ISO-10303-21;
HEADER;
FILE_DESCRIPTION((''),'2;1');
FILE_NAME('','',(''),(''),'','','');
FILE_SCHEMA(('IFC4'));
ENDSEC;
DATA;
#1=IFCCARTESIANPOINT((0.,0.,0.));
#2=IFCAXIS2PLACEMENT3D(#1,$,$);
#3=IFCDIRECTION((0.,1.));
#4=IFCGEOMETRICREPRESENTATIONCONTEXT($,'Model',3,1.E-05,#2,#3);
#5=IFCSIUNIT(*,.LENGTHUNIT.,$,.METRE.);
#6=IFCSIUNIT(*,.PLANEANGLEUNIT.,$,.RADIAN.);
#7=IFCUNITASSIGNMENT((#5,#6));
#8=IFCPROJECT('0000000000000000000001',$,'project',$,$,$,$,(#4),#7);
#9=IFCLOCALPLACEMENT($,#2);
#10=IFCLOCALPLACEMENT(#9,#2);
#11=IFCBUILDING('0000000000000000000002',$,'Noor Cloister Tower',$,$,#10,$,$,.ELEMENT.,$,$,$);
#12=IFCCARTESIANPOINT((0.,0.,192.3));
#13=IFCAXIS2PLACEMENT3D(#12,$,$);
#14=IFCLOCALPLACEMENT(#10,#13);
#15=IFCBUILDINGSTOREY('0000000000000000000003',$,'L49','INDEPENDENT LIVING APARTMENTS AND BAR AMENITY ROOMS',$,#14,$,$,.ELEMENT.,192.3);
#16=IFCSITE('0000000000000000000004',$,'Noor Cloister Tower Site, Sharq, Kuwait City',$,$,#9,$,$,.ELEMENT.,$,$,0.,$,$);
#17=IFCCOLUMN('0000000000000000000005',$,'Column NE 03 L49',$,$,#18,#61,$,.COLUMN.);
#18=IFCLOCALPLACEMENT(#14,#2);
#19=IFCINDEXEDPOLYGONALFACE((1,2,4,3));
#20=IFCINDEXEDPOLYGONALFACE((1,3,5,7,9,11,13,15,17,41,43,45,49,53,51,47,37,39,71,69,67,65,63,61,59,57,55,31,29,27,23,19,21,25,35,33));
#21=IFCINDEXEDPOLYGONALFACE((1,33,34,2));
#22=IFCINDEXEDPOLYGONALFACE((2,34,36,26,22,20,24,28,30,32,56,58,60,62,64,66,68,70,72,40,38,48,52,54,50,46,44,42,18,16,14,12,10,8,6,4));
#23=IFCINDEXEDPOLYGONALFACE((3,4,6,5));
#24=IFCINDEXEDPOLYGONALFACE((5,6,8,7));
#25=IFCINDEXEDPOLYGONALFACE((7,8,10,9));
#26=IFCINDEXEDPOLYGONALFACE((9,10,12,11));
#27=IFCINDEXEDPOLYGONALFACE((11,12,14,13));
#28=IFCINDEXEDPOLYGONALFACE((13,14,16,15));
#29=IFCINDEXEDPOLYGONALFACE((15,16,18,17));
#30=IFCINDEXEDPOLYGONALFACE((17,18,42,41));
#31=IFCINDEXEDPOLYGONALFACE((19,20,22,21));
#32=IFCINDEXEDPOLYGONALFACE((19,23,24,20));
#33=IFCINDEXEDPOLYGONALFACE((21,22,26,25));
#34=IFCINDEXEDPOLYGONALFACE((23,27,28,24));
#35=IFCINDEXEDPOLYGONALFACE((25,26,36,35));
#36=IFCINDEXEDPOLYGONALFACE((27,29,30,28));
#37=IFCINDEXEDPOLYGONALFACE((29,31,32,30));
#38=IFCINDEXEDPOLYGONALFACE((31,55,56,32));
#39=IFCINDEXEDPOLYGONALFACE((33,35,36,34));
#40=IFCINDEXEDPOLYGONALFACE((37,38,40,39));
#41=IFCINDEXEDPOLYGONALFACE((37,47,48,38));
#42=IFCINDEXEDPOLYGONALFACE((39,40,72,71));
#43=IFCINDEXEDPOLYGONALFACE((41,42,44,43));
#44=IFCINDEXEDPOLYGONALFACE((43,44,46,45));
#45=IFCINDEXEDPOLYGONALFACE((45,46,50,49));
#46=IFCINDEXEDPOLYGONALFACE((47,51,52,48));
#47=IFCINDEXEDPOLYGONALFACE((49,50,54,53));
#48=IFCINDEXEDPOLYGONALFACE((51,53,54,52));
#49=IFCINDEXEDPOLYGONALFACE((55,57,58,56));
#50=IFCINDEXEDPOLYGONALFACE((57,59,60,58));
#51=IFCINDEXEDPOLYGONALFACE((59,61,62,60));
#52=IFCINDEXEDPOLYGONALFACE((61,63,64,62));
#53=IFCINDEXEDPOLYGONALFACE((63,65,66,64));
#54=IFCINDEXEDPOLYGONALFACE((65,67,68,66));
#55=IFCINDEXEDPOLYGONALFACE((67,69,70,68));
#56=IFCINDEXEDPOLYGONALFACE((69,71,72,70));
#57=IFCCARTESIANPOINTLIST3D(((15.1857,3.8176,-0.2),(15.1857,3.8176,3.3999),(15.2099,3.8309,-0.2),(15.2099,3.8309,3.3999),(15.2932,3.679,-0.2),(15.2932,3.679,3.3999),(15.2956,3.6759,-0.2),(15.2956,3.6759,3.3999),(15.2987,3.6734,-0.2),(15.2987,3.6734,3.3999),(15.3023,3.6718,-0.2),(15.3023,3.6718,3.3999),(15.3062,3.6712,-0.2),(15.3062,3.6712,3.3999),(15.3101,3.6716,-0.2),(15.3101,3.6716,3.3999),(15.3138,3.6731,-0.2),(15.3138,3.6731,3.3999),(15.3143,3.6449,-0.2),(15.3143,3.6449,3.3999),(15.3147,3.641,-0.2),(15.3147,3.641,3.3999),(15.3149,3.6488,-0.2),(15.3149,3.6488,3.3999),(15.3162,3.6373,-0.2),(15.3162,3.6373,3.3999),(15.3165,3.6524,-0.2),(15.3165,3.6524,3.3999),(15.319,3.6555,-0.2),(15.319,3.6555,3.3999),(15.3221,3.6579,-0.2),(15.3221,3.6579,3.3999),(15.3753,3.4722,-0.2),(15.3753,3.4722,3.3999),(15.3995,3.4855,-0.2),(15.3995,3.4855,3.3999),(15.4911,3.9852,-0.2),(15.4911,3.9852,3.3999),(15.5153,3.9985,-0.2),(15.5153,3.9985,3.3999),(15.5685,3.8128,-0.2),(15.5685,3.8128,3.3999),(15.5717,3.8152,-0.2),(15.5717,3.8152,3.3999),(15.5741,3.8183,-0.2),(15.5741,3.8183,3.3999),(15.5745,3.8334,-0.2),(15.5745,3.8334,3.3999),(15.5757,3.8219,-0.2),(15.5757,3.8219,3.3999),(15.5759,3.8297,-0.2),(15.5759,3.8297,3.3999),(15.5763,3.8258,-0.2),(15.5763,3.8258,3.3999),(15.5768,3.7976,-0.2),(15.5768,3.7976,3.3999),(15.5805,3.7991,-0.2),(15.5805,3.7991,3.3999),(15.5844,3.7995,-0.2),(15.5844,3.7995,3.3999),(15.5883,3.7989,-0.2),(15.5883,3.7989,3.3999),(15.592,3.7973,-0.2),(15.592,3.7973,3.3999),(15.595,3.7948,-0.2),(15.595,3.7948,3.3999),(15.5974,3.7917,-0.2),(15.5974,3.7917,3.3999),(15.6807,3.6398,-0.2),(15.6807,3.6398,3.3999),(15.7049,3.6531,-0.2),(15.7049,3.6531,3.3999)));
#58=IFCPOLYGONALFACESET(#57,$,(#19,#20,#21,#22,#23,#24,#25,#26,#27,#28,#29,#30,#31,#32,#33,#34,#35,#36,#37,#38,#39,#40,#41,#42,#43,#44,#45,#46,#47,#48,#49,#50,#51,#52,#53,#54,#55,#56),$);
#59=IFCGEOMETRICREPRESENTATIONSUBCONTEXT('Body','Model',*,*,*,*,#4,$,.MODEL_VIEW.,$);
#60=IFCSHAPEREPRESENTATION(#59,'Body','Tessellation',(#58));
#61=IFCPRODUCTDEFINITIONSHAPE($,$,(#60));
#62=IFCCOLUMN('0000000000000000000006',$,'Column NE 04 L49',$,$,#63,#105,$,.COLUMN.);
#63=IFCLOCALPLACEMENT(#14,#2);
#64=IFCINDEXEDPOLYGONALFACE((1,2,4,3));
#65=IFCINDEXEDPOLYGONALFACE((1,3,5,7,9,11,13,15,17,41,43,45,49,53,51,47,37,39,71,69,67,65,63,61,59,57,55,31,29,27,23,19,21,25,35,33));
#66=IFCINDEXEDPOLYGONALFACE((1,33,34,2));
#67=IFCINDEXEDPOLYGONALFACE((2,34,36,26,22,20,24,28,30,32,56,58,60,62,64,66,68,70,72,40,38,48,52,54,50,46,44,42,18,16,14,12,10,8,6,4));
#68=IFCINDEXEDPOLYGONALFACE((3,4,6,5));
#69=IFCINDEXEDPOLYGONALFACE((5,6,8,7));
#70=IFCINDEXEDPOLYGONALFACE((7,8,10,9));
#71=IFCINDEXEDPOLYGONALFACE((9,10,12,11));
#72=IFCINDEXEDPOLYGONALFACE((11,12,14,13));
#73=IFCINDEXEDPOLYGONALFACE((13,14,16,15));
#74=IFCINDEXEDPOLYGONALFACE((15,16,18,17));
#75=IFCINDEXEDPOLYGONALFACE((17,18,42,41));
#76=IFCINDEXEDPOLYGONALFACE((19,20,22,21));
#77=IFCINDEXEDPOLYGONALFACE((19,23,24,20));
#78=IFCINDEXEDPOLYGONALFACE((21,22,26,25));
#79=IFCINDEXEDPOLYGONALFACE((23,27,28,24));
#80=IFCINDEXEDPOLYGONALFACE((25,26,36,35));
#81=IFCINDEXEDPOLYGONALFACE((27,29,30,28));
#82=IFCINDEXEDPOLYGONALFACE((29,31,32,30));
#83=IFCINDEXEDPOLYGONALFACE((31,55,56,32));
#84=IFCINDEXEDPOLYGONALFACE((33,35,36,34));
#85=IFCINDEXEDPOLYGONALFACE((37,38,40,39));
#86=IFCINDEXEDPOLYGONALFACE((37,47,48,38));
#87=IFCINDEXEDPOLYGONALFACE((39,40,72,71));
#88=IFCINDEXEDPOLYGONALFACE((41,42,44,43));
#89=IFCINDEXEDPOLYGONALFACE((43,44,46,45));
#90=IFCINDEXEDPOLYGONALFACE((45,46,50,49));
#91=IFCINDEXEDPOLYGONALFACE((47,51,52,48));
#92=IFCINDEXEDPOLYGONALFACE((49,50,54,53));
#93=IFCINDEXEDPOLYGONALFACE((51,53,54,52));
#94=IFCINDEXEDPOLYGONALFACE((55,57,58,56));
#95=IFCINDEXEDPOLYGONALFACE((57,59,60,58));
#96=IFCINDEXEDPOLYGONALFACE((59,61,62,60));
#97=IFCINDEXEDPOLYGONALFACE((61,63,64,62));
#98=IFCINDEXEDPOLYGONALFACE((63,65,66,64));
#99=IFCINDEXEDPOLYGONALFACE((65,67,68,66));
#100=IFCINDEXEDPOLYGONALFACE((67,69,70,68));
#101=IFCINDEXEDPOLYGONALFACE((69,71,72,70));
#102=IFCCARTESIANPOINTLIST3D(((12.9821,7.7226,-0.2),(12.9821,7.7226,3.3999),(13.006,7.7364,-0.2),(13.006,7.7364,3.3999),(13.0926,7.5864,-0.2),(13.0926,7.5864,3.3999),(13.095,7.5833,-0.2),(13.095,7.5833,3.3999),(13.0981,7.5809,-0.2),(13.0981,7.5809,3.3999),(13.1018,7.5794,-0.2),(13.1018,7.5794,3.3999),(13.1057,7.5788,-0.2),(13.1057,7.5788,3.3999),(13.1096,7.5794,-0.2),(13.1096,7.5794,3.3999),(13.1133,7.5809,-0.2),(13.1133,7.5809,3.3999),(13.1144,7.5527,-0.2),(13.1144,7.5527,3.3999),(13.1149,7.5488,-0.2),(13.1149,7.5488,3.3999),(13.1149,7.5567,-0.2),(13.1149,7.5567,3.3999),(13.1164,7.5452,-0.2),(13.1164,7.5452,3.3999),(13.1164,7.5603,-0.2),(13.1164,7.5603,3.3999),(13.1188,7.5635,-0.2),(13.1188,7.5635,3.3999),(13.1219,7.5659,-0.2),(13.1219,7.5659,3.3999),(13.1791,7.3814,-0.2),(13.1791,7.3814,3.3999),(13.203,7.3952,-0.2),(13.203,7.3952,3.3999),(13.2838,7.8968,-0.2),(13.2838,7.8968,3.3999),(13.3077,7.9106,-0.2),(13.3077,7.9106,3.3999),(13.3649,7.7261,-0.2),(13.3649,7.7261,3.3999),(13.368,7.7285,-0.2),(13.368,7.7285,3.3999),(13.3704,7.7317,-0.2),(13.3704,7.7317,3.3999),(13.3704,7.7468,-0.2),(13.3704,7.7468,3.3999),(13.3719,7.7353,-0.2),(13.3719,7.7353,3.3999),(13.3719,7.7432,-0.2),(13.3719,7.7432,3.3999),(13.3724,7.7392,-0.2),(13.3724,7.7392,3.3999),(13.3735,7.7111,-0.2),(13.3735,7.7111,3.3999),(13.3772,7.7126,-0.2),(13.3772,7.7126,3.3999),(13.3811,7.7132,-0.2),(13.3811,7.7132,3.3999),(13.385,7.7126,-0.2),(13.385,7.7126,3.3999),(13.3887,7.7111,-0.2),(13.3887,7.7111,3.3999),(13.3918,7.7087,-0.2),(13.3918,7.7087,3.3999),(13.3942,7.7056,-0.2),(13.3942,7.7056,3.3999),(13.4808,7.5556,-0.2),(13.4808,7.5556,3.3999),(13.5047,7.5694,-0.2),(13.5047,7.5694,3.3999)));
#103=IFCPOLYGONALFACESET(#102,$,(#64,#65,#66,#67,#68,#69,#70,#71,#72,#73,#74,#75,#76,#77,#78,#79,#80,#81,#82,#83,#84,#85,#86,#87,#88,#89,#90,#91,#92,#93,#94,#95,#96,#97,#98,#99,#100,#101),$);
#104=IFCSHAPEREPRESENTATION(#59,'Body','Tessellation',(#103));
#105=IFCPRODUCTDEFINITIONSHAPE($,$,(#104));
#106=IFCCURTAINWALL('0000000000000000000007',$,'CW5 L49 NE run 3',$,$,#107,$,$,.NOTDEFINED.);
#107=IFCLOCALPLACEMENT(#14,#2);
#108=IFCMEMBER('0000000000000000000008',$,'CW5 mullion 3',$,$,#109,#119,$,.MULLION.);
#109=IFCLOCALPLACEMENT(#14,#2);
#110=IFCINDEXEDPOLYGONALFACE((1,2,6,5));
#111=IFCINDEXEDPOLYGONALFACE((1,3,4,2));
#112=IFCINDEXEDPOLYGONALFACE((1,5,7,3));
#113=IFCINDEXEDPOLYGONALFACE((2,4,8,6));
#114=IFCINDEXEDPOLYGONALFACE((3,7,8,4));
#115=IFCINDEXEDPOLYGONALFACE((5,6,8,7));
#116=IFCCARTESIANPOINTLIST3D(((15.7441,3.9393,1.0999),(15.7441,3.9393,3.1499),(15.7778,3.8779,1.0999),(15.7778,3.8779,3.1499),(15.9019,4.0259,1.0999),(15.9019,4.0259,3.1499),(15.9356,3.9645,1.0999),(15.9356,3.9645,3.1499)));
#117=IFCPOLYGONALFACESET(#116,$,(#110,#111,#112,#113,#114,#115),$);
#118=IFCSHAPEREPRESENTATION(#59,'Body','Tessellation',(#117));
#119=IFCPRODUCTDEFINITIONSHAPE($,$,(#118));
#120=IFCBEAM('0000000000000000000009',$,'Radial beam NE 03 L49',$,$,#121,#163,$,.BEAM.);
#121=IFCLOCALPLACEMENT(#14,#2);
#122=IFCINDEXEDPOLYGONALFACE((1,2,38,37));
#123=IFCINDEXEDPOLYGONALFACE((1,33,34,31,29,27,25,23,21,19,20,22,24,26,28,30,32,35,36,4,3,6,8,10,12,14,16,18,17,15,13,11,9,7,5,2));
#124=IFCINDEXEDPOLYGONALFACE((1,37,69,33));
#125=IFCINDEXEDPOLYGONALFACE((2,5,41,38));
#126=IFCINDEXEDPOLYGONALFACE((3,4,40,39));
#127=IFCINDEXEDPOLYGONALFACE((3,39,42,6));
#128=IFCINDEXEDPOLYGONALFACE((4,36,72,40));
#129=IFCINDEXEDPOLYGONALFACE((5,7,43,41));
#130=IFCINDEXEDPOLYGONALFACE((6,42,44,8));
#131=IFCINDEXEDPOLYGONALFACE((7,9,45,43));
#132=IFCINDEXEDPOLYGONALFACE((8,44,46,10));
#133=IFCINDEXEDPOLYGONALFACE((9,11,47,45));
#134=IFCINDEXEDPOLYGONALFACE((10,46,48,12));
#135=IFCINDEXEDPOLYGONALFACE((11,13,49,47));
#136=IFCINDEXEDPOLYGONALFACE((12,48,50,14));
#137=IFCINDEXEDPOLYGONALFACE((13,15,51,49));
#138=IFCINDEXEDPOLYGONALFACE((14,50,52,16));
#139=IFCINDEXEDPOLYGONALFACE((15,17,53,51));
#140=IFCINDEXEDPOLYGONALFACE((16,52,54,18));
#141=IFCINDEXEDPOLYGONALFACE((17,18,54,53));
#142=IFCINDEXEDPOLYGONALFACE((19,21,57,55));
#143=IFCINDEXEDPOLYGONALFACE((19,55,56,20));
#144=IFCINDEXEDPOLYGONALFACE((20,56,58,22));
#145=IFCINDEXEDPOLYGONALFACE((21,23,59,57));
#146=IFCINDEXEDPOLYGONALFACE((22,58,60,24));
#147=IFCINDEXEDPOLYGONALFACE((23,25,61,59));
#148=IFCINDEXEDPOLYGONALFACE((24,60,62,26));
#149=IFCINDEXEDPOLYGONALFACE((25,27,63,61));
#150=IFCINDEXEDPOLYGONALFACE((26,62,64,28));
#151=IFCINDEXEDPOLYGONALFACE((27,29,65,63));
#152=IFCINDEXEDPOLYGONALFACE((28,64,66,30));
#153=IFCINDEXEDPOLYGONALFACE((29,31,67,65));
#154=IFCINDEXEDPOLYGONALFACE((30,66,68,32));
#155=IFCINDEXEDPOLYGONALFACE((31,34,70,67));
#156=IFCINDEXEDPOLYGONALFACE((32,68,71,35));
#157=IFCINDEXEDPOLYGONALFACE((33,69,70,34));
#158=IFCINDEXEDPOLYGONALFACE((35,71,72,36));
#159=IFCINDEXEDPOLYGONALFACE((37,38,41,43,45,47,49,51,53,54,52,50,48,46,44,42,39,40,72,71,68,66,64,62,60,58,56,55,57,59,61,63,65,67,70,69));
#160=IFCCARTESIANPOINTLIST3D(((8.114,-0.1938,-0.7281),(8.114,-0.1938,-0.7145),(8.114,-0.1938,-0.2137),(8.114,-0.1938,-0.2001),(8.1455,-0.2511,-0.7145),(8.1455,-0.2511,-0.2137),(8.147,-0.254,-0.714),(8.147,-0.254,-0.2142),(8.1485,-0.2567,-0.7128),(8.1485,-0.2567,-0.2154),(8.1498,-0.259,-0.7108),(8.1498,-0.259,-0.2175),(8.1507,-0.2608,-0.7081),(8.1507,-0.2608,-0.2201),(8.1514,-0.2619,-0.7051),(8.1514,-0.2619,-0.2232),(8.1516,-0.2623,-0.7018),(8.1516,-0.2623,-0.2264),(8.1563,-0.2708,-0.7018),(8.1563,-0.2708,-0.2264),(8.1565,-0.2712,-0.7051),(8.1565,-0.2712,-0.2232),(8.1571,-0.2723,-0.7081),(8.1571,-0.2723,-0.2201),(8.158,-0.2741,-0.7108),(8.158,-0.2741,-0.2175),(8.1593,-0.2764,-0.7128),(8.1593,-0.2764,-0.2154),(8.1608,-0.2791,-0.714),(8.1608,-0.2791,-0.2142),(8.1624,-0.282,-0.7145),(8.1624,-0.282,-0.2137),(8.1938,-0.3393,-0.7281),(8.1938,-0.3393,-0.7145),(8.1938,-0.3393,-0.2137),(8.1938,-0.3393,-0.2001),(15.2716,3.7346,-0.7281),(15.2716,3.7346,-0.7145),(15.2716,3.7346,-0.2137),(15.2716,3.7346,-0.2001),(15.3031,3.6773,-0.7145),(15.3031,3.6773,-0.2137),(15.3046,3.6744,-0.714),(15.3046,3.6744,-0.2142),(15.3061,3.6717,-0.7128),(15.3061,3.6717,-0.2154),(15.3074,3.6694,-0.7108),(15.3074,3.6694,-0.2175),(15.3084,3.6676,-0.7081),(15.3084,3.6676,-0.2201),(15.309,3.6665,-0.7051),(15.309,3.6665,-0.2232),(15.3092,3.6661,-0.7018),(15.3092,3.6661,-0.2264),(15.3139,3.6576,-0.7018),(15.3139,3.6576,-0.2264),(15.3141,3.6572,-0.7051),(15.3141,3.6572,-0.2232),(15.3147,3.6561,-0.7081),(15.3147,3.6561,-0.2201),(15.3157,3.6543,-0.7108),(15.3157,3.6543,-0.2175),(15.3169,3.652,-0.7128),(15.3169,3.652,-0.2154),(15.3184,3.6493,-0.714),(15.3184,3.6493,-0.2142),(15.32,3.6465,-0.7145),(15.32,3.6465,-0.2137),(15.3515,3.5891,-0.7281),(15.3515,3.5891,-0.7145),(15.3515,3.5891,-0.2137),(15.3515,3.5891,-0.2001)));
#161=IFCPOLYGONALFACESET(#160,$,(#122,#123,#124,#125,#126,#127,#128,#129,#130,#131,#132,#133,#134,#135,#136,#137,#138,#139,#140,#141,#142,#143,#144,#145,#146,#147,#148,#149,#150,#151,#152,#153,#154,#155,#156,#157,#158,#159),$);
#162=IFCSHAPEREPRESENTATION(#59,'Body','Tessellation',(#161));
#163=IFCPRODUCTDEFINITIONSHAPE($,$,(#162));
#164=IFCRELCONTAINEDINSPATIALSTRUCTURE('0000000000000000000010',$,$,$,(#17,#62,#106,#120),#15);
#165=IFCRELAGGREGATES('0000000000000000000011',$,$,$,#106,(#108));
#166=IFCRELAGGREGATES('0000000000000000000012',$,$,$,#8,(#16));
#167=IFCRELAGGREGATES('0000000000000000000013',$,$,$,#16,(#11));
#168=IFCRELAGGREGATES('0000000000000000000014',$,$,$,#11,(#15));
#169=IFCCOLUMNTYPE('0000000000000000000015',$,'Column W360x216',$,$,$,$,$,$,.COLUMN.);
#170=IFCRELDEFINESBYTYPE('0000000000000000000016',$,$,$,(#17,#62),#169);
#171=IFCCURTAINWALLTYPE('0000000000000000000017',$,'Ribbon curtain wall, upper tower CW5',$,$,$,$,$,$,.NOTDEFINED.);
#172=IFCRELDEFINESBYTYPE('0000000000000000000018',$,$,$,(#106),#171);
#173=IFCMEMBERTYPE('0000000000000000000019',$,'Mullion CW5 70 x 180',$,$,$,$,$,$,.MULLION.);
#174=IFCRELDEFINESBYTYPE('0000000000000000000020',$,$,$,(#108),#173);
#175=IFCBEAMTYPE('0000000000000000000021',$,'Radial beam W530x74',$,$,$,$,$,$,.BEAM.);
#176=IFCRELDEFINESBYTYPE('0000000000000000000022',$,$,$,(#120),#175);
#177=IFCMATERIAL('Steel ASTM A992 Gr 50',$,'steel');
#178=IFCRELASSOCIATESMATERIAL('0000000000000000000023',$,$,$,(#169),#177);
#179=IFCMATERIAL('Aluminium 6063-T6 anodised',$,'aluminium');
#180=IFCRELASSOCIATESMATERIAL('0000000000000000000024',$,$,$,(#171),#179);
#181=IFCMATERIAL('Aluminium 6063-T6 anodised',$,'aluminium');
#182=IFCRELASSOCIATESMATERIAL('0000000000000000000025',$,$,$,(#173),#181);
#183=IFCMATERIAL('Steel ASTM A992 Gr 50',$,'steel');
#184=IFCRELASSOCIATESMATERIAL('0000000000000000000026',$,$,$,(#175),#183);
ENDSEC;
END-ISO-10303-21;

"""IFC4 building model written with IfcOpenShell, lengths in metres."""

from ifc_helpers import new_model, si_unit, direction, frame, origin, origin_2d, place, context, subcontext, project, spatial, rectangle, i_section, extrude, material, material_profile, profile_set, type_object, element, aggregate, save


model = new_model("IFC4")

# Units and contexts
model_context = context("Model", 3, precision=1e-05, world=origin(), true_north=direction((0.0, 1.0)))
body_context = subcontext(model_context, "Body", "Model", "MODEL_VIEW")
ifc_project = project(units=[si_unit("LENGTHUNIT", "METRE"), si_unit("PLANEANGLEUNIT", "RADIAN")], contexts=[model_context])

# Site, building, storey
site_placement = place(None, origin())
site = spatial("IfcSite", under=ifc_project, at=site_placement, Name="Noor Cloister Tower Site, Sharq, Kuwait City", CompositionType="ELEMENT", RefElevation=0.0)
building_placement = place(site_placement, origin())
building = spatial("IfcBuilding", under=site, at=building_placement, Name="Noor Cloister Tower", CompositionType="ELEMENT")
storey_placement = place(building_placement, frame((0.0, 0.0, 192.3)))
storey = spatial("IfcBuildingStorey", under=building, at=storey_placement, Name="L49", Description="INDEPENDENT LIVING APARTMENTS AND BAR AMENITY ROOMS", CompositionType="ELEMENT", Elevation=192.3)

# Columns
ifc_material_1 = material(Name="Steel ASTM A992 Gr 50", Category="steel")
ifc_material_profile_1 = material_profile(ifc_material_1, i_section(OverallWidth=0.394, OverallDepth=0.376, WebThickness=0.0173, FlangeThickness=0.0276, FilletRadius=0.0151, at=origin_2d()), Name="W360x216")
ifc_profile_set_1 = profile_set([ifc_material_profile_1], Name="Steel ASTM A992 Gr 50")
column_type = type_object("IfcColumnType", Name="Column W360x216", PredefinedType="COLUMN", material=ifc_profile_set_1)
for number, where, z_axis, x_axis, name in (
    (1, (15.4453, 3.7354, -0.2), (0.0, 0.0, 1.0), (-0.481143, 0.876642, 0.0), "Column NE 03 L49"),
    (2, (13.2434, 7.646, -0.2), (0.0, 0.0, 1.0), (-0.5, 0.866025, 0.0), "Column NE 04 L49"),
):
    element("IfcColumn", number, at=place(storey_placement, frame(where, z_axis=z_axis, x_axis=x_axis)), inside=storey, type_object=column_type, Name=name, PredefinedType="COLUMN", context=body_context, shape_type="SweptSolid", body=[
        extrude(i_section(OverallWidth=0.394, OverallDepth=0.376, WebThickness=0.0173, FlangeThickness=0.0276, FilletRadius=0.0151, at=origin_2d()), origin(), (0.0, 0.0, 1.0), 3.5999),
    ])

# Curtain wall, member
ifc_material_2 = material(Name="Aluminium 6063-T6 anodised", Category="aluminium")
curtain_wall_type = type_object("IfcCurtainWallType", Name="Ribbon curtain wall, upper tower CW5", PredefinedType="NOTDEFINED", material=ifc_material_2)
curtain_wall_placement = place(storey_placement, origin())
curtain_wall = element("IfcCurtainWall", 3, at=curtain_wall_placement, inside=storey, type_object=curtain_wall_type, Name="CW5 L49 NE run 3", PredefinedType="NOTDEFINED")
ifc_material_3 = material(Name="Aluminium 6063-T6 anodised", Category="aluminium")
ifc_material_profile_2 = material_profile(ifc_material_3, rectangle(XDim=0.1799, YDim=0.0701, at=origin_2d()), Name="180 x 70 mullion")
ifc_profile_set_2 = profile_set([ifc_material_profile_2], Name="Aluminium 6063-T6 anodised")
member_type = type_object("IfcMemberType", Name="Mullion CW5 70 x 180", PredefinedType="MULLION", material=ifc_profile_set_2)
member_placement = place(storey_placement, frame((15.8398, 3.9519, 1.0999), z_axis=(0.0, 0.0, 1.0), x_axis=(-0.876642, -0.481143, 0.0)))
member = element("IfcMember", 4, at=member_placement, type_object=member_type, Name="CW5 mullion 3", PredefinedType="MULLION", context=body_context, shape_type="SweptSolid", body=[
    extrude(rectangle(XDim=0.1799, YDim=0.0701, at=origin_2d()), origin(), (0.0, 0.0, 1.0), 2.05),
])

# Beam
ifc_material_4 = material(Name="Steel ASTM A992 Gr 50", Category="steel")
ifc_material_profile_3 = material_profile(ifc_material_4, i_section(OverallWidth=0.166, OverallDepth=0.5281, WebThickness=0.0098, FlangeThickness=0.0137, FilletRadius=0.0127, at=origin_2d()), Name="W530x74")
ifc_profile_set_3 = profile_set([ifc_material_profile_3], Name="Steel ASTM A992 Gr 50")
beam_type_1 = type_object("IfcBeamType", Name="Radial beam W530x74", PredefinedType="BEAM", material=ifc_profile_set_3)
beam_1_placement = place(storey_placement, frame((15.3115, 3.6619, -0.4641), z_axis=(-0.876644, -0.48114, 0.0), x_axis=(0.48114, -0.876644, 0.0)))
element("IfcBeam", 5, at=beam_1_placement, inside=storey, type_object=beam_type_1, Name="Radial beam NE 03 L49", PredefinedType="BEAM", context=body_context, shape_type="SweptSolid", body=[
    extrude(i_section(OverallWidth=0.166, OverallDepth=0.5281, WebThickness=0.0098, FlangeThickness=0.0137, FilletRadius=0.0127, at=origin_2d()), origin(), (0.0, 0.0, 1.0), 8.1648),
])

aggregate(curtain_wall, [member])

save(model, "model.ifc")
